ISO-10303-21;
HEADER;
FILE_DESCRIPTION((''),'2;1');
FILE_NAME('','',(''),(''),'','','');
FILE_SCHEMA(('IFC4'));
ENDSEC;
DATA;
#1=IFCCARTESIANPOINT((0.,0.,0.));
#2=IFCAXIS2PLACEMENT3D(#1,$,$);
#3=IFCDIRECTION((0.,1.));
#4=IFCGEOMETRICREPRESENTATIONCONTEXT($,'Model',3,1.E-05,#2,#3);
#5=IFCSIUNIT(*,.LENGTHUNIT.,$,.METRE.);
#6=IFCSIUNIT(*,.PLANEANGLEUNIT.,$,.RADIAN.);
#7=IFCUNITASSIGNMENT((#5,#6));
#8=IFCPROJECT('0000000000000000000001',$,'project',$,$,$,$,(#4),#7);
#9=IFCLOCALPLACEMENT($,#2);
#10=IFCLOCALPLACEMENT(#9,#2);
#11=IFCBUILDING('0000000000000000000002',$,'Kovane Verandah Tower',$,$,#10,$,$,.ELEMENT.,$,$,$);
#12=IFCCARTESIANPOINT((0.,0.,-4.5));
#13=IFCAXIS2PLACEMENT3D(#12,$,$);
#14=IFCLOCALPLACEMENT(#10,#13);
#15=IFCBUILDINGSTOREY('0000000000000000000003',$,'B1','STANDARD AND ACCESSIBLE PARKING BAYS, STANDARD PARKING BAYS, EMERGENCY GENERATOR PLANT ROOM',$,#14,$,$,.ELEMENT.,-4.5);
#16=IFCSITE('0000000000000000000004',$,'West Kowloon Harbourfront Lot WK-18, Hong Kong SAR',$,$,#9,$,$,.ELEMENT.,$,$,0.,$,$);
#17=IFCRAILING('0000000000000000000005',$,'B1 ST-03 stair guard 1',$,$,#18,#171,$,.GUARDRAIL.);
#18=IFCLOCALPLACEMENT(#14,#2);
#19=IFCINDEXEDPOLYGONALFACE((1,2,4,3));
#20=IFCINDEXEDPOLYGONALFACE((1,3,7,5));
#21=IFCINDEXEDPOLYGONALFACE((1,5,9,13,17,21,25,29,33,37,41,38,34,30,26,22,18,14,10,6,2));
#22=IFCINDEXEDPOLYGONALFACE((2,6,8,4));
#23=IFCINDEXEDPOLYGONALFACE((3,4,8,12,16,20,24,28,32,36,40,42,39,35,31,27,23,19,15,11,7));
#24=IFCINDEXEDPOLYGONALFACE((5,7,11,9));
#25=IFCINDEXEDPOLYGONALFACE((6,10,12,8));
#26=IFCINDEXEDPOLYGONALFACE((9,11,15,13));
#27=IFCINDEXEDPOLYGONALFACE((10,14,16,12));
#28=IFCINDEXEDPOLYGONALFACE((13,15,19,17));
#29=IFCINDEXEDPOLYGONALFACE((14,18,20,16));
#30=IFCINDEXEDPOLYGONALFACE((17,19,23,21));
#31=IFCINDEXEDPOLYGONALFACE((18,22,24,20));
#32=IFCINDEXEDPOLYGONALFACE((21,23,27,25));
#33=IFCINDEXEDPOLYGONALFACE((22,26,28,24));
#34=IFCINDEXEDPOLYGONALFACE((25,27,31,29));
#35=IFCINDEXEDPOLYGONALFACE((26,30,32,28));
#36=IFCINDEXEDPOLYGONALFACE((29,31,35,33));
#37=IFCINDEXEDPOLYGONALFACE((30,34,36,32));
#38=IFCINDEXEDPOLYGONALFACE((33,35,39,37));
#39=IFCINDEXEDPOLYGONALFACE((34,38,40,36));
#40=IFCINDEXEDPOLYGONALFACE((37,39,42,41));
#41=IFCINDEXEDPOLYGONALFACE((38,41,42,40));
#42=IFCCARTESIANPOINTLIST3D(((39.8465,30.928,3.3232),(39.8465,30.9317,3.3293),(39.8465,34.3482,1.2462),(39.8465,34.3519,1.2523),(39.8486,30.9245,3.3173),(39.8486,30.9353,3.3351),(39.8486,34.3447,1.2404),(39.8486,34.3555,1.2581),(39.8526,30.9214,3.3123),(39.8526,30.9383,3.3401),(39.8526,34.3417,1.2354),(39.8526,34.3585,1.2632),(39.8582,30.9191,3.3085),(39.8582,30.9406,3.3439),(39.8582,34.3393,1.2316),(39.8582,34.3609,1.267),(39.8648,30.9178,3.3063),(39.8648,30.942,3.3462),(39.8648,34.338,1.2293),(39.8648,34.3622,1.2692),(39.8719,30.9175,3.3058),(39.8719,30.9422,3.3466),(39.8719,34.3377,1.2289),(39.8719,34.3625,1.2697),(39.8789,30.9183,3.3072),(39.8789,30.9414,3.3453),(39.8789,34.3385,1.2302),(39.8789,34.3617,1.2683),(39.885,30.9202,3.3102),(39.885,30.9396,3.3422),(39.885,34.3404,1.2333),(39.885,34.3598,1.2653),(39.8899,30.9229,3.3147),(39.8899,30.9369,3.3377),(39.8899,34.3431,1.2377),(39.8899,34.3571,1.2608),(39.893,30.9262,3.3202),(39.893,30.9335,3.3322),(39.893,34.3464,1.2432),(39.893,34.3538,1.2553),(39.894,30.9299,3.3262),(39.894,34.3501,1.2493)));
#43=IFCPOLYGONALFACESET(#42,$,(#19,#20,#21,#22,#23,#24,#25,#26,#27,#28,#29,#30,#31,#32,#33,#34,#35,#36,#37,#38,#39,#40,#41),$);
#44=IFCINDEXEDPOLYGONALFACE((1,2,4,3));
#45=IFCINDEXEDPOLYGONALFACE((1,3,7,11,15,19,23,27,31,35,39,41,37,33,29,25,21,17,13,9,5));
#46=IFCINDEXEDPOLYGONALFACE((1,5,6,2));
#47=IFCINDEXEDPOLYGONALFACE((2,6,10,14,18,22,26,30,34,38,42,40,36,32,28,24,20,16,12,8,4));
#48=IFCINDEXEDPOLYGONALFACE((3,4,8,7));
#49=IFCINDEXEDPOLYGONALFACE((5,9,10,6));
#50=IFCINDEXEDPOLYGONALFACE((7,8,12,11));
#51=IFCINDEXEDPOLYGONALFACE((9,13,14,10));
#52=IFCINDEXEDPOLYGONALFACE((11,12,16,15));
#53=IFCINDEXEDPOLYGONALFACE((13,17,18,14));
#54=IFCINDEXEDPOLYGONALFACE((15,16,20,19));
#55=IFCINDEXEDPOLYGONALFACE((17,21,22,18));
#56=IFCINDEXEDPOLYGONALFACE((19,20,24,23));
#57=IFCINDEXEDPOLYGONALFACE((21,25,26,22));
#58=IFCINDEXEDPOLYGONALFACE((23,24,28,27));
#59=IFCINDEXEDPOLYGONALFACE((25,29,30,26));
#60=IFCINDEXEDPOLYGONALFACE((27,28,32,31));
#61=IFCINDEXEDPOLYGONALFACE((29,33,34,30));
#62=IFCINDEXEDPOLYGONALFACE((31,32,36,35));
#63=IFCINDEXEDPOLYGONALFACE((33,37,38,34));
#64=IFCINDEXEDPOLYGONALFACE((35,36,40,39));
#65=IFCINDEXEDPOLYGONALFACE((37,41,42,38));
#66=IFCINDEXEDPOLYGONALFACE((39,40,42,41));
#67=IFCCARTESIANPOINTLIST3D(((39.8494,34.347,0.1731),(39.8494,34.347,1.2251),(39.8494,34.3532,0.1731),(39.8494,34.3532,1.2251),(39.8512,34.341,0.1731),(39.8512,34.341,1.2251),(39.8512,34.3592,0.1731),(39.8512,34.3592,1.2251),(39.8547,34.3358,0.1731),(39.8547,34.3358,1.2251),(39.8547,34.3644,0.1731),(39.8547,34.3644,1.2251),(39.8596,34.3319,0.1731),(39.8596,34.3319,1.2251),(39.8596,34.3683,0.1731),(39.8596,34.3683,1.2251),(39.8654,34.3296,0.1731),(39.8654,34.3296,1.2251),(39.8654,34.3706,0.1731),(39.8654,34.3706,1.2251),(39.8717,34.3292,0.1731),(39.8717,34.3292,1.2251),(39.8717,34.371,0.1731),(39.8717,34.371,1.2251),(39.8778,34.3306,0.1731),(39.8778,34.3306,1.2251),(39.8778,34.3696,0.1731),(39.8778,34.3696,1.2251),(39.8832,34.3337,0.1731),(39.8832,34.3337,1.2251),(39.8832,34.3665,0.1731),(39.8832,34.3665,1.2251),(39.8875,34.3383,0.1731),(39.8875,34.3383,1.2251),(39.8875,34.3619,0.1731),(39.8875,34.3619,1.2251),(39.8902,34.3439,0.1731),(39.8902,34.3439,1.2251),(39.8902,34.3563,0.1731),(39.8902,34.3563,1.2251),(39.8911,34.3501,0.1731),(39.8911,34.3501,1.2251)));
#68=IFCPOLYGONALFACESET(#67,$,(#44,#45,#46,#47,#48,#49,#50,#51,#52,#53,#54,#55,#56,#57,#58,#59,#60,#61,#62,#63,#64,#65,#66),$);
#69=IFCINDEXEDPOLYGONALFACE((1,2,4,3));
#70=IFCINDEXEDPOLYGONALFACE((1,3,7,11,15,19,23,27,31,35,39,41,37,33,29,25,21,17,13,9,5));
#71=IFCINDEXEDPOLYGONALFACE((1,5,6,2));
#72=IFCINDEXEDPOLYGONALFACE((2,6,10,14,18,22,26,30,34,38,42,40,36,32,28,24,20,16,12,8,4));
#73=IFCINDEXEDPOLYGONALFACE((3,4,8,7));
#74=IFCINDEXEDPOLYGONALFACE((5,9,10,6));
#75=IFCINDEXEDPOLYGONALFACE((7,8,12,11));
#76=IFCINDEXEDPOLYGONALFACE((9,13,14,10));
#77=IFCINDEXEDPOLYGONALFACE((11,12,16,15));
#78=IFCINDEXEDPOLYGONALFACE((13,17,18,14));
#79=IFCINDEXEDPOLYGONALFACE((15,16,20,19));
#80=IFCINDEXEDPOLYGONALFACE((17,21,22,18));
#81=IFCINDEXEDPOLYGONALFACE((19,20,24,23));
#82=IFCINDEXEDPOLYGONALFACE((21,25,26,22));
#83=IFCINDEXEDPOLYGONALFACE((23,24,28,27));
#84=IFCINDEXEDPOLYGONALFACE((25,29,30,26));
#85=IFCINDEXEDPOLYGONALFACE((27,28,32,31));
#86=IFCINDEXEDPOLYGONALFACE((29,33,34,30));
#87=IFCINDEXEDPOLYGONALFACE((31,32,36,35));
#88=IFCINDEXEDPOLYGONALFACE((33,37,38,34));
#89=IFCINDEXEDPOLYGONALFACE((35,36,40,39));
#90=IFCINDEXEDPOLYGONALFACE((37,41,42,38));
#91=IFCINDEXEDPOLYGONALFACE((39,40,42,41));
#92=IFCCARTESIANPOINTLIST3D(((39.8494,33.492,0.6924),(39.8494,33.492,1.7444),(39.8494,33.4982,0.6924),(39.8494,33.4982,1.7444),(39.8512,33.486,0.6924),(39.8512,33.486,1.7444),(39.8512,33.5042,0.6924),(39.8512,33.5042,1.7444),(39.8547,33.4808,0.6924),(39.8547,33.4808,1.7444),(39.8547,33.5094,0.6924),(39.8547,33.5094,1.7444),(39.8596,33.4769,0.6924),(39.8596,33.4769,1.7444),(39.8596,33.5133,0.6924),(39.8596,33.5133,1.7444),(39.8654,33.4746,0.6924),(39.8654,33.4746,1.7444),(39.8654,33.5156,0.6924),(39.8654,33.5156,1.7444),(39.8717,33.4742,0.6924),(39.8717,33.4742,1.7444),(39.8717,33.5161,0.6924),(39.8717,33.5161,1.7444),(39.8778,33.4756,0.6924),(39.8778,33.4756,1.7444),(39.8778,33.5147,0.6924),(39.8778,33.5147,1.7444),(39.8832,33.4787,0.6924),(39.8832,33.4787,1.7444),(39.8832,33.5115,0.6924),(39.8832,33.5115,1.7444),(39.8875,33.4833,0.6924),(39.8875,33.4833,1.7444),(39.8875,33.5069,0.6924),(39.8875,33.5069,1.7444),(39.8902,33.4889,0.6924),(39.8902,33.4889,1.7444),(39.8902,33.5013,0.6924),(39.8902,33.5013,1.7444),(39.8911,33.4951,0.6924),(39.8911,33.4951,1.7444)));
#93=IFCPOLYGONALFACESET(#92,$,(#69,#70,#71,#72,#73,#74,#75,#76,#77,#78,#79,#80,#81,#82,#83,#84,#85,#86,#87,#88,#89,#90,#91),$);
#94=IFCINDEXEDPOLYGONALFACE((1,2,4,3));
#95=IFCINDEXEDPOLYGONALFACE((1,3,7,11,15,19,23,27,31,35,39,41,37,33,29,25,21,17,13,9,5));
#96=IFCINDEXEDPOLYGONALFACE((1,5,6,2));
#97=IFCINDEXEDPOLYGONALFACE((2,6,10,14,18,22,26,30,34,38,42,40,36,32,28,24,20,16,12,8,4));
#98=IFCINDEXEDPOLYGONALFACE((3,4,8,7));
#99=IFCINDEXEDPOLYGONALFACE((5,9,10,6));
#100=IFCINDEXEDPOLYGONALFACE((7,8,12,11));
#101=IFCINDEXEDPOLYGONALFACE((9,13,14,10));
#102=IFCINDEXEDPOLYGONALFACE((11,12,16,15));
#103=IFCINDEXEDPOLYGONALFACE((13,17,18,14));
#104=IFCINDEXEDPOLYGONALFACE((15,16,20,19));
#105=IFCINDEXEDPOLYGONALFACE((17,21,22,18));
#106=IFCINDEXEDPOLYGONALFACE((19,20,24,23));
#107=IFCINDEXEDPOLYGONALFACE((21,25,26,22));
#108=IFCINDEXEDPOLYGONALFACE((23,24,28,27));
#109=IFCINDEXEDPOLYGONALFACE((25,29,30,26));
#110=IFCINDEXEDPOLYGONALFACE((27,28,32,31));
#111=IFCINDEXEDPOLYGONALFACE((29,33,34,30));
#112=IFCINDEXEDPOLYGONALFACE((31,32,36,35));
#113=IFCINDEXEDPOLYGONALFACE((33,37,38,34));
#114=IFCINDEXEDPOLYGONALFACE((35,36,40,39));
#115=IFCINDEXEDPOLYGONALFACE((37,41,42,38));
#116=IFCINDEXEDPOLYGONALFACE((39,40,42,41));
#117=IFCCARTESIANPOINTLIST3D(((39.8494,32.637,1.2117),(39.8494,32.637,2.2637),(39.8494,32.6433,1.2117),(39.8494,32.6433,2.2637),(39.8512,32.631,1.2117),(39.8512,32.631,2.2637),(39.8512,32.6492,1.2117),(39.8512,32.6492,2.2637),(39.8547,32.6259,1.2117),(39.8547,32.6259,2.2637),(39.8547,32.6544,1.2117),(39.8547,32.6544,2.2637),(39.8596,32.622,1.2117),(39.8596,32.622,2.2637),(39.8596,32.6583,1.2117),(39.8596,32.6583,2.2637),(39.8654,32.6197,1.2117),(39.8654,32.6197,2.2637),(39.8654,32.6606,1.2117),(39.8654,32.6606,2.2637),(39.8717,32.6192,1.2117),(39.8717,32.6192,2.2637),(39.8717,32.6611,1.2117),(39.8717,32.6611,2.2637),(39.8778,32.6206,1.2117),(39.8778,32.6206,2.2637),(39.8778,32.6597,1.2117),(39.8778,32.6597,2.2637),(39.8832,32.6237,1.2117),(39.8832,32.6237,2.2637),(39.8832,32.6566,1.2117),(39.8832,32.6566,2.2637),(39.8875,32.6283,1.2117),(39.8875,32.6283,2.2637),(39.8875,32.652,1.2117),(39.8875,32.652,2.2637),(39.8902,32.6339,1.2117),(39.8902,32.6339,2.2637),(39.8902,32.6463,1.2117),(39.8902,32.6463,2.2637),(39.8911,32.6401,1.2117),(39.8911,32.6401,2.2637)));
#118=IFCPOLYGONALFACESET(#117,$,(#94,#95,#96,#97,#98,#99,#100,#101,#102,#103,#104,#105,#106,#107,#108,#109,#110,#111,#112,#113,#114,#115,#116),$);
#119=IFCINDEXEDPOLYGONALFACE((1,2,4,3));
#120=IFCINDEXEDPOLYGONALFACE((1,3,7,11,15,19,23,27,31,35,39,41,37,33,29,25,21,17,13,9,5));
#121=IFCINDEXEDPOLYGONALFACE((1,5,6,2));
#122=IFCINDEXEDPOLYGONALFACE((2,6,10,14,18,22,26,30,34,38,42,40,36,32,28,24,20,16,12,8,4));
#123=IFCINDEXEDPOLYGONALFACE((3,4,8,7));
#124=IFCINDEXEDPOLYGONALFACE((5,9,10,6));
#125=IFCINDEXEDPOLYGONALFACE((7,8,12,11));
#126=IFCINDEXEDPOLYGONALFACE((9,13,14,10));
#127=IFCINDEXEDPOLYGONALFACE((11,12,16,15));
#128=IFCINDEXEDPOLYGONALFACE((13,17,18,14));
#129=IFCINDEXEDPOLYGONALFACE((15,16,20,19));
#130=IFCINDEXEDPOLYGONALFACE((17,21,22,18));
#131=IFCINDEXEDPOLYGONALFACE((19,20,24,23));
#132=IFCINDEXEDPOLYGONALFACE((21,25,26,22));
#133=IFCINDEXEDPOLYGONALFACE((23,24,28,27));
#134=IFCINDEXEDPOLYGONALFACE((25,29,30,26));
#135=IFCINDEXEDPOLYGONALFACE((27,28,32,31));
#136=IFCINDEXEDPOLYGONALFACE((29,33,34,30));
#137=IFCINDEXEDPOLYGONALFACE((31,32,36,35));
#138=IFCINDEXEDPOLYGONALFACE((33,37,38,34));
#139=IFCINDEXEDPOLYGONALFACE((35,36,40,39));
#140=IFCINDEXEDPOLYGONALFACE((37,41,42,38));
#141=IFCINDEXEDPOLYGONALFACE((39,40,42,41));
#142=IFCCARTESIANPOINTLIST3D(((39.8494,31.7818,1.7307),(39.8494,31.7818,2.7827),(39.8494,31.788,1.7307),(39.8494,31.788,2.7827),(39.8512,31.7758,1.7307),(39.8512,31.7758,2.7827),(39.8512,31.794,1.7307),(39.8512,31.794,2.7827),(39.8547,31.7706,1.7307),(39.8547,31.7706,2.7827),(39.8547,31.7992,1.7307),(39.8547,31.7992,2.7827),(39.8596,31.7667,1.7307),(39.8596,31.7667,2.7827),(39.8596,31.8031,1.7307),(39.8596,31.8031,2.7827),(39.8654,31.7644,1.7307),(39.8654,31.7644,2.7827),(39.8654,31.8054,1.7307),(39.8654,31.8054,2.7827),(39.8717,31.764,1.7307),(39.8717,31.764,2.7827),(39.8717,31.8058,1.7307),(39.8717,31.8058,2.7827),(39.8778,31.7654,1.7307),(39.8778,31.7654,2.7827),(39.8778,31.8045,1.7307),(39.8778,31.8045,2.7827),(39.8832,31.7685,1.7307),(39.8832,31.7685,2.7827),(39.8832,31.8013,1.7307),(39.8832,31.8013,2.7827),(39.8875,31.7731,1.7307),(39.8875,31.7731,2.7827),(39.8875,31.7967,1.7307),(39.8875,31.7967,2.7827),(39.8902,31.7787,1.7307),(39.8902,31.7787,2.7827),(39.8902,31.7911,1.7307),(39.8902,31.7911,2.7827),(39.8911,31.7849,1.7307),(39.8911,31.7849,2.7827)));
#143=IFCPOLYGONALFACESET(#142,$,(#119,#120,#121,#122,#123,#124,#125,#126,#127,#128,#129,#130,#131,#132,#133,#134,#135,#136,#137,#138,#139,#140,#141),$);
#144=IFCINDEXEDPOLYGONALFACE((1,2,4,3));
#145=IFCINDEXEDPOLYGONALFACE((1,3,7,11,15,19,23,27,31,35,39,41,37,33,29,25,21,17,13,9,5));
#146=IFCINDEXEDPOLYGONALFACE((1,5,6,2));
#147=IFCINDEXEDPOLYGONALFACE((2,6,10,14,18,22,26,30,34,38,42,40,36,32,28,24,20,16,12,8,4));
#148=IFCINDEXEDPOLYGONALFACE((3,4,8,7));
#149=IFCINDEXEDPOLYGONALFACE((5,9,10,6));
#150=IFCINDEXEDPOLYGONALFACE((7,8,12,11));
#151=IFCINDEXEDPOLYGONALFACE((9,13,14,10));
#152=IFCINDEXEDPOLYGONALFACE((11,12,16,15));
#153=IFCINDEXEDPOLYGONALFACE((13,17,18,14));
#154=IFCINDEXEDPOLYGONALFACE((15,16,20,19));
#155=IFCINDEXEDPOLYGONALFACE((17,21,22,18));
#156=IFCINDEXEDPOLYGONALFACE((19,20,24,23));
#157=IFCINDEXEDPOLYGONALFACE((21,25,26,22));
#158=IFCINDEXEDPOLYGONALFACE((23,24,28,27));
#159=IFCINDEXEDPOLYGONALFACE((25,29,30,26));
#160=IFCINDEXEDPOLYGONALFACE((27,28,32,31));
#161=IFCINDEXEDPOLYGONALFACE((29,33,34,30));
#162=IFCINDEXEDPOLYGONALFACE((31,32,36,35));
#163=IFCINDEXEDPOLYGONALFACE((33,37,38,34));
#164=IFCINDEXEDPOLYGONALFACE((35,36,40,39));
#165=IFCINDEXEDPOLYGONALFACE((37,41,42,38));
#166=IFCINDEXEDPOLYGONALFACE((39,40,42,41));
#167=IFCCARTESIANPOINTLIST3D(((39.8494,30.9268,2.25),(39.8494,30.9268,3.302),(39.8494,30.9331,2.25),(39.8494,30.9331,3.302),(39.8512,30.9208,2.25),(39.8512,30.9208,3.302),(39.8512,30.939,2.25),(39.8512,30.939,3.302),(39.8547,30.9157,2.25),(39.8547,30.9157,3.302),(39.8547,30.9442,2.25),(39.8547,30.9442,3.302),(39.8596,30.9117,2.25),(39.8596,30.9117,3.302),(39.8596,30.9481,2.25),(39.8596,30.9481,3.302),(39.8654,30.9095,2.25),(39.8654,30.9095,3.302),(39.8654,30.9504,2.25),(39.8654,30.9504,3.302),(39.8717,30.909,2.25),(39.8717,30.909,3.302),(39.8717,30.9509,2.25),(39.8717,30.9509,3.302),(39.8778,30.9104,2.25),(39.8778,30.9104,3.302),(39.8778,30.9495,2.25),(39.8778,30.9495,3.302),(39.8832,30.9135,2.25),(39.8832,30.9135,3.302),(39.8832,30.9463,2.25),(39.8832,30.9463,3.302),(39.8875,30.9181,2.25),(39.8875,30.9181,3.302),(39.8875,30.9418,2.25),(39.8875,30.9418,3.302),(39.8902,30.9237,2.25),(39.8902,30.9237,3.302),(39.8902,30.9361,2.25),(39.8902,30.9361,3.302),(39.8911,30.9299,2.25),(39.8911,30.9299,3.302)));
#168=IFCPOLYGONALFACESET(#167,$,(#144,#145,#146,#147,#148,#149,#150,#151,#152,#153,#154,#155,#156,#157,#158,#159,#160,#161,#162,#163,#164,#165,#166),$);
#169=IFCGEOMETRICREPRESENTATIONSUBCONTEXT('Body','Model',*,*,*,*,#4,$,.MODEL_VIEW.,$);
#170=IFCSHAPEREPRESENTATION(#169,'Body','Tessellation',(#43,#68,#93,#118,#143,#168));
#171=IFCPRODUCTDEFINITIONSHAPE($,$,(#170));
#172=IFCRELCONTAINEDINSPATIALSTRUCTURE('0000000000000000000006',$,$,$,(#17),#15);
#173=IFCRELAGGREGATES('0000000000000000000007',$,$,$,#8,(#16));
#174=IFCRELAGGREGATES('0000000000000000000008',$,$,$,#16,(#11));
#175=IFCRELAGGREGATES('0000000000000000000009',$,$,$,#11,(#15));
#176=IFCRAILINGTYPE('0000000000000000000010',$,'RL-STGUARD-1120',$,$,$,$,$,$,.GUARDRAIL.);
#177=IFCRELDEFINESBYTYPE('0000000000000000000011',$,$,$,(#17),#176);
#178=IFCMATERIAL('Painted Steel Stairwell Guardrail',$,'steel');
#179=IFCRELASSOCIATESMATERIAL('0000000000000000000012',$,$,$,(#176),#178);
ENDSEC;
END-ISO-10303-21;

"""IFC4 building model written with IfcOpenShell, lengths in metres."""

from ifc_helpers import new_model, si_unit, direction, frame, origin, origin_2d, place, context, subcontext, project, spatial, circle, extrude, material, type_object, element, save


model = new_model("IFC4")

# Units and contexts
model_context = context("Model", 3, precision=1e-05, world=origin(), true_north=direction((0.0, 1.0)))
body_context = subcontext(model_context, "Body", "Model", "MODEL_VIEW")
ifc_project = project(units=[si_unit("LENGTHUNIT", "METRE"), si_unit("PLANEANGLEUNIT", "RADIAN")], contexts=[model_context])

# Site, building, storey
site_placement = place(None, origin())
site = spatial("IfcSite", under=ifc_project, at=site_placement, Name="West Kowloon Harbourfront Lot WK-18, Hong Kong SAR", CompositionType="ELEMENT", RefElevation=0.0)
building_placement = place(site_placement, origin())
building = spatial("IfcBuilding", under=site, at=building_placement, Name="Kovane Verandah Tower", CompositionType="ELEMENT")
storey_placement = place(building_placement, frame((0.0, 0.0, -4.5)))
storey = spatial("IfcBuildingStorey", under=building, at=storey_placement, Name="B1", Description="STANDARD AND ACCESSIBLE PARKING BAYS, STANDARD PARKING BAYS, EMERGENCY GENERATOR PLANT ROOM", CompositionType="ELEMENT", Elevation=-4.5)

# Railing
ifc_material_1 = material(Name="Painted Steel Stairwell Guardrail", Category="steel")
railing_type_1 = type_object("IfcRailingType", Name="RL-STGUARD-1120", PredefinedType="GUARDRAIL", material=ifc_material_1)
railing_1_placement = place(storey_placement, frame((39.8701, 34.3501, 0.1731)))
element("IfcRailing", 1, at=railing_1_placement, inside=storey, type_object=railing_type_1, Name="B1 ST-03 stair guard 1", PredefinedType="GUARDRAIL", context=body_context, shape_type="SweptSolid", body=[
    extrude(circle(Radius=0.0239, at=origin_2d()), frame((0.0, 0.0, 1.0762), z_axis=(0.0, -0.854746, 0.519047), x_axis=(1.0, 0.0, 0.0)), (0.0, 0.0, 1.0), 4.0015),
    extrude(circle(Radius=0.021, at=origin_2d()), origin(), (0.0, 0.0, 1.0), 1.052),
    extrude(circle(Radius=0.021, at=origin_2d()), frame((0.0, -0.855, 0.5193)), (0.0, 0.0, 1.0), 1.052),
    extrude(circle(Radius=0.021, at=origin_2d()), frame((0.0, -1.71, 1.0386)), (0.0, 0.0, 1.0), 1.052),
    extrude(circle(Radius=0.021, at=origin_2d()), frame((0.0, -2.5652, 1.5576)), (0.0, 0.0, 1.0), 1.052),
    extrude(circle(Radius=0.021, at=origin_2d()), frame((0.0, -3.4202, 2.0769)), (0.0, 0.0, 1.0), 1.052),
])

save(model, "model.ifc")
